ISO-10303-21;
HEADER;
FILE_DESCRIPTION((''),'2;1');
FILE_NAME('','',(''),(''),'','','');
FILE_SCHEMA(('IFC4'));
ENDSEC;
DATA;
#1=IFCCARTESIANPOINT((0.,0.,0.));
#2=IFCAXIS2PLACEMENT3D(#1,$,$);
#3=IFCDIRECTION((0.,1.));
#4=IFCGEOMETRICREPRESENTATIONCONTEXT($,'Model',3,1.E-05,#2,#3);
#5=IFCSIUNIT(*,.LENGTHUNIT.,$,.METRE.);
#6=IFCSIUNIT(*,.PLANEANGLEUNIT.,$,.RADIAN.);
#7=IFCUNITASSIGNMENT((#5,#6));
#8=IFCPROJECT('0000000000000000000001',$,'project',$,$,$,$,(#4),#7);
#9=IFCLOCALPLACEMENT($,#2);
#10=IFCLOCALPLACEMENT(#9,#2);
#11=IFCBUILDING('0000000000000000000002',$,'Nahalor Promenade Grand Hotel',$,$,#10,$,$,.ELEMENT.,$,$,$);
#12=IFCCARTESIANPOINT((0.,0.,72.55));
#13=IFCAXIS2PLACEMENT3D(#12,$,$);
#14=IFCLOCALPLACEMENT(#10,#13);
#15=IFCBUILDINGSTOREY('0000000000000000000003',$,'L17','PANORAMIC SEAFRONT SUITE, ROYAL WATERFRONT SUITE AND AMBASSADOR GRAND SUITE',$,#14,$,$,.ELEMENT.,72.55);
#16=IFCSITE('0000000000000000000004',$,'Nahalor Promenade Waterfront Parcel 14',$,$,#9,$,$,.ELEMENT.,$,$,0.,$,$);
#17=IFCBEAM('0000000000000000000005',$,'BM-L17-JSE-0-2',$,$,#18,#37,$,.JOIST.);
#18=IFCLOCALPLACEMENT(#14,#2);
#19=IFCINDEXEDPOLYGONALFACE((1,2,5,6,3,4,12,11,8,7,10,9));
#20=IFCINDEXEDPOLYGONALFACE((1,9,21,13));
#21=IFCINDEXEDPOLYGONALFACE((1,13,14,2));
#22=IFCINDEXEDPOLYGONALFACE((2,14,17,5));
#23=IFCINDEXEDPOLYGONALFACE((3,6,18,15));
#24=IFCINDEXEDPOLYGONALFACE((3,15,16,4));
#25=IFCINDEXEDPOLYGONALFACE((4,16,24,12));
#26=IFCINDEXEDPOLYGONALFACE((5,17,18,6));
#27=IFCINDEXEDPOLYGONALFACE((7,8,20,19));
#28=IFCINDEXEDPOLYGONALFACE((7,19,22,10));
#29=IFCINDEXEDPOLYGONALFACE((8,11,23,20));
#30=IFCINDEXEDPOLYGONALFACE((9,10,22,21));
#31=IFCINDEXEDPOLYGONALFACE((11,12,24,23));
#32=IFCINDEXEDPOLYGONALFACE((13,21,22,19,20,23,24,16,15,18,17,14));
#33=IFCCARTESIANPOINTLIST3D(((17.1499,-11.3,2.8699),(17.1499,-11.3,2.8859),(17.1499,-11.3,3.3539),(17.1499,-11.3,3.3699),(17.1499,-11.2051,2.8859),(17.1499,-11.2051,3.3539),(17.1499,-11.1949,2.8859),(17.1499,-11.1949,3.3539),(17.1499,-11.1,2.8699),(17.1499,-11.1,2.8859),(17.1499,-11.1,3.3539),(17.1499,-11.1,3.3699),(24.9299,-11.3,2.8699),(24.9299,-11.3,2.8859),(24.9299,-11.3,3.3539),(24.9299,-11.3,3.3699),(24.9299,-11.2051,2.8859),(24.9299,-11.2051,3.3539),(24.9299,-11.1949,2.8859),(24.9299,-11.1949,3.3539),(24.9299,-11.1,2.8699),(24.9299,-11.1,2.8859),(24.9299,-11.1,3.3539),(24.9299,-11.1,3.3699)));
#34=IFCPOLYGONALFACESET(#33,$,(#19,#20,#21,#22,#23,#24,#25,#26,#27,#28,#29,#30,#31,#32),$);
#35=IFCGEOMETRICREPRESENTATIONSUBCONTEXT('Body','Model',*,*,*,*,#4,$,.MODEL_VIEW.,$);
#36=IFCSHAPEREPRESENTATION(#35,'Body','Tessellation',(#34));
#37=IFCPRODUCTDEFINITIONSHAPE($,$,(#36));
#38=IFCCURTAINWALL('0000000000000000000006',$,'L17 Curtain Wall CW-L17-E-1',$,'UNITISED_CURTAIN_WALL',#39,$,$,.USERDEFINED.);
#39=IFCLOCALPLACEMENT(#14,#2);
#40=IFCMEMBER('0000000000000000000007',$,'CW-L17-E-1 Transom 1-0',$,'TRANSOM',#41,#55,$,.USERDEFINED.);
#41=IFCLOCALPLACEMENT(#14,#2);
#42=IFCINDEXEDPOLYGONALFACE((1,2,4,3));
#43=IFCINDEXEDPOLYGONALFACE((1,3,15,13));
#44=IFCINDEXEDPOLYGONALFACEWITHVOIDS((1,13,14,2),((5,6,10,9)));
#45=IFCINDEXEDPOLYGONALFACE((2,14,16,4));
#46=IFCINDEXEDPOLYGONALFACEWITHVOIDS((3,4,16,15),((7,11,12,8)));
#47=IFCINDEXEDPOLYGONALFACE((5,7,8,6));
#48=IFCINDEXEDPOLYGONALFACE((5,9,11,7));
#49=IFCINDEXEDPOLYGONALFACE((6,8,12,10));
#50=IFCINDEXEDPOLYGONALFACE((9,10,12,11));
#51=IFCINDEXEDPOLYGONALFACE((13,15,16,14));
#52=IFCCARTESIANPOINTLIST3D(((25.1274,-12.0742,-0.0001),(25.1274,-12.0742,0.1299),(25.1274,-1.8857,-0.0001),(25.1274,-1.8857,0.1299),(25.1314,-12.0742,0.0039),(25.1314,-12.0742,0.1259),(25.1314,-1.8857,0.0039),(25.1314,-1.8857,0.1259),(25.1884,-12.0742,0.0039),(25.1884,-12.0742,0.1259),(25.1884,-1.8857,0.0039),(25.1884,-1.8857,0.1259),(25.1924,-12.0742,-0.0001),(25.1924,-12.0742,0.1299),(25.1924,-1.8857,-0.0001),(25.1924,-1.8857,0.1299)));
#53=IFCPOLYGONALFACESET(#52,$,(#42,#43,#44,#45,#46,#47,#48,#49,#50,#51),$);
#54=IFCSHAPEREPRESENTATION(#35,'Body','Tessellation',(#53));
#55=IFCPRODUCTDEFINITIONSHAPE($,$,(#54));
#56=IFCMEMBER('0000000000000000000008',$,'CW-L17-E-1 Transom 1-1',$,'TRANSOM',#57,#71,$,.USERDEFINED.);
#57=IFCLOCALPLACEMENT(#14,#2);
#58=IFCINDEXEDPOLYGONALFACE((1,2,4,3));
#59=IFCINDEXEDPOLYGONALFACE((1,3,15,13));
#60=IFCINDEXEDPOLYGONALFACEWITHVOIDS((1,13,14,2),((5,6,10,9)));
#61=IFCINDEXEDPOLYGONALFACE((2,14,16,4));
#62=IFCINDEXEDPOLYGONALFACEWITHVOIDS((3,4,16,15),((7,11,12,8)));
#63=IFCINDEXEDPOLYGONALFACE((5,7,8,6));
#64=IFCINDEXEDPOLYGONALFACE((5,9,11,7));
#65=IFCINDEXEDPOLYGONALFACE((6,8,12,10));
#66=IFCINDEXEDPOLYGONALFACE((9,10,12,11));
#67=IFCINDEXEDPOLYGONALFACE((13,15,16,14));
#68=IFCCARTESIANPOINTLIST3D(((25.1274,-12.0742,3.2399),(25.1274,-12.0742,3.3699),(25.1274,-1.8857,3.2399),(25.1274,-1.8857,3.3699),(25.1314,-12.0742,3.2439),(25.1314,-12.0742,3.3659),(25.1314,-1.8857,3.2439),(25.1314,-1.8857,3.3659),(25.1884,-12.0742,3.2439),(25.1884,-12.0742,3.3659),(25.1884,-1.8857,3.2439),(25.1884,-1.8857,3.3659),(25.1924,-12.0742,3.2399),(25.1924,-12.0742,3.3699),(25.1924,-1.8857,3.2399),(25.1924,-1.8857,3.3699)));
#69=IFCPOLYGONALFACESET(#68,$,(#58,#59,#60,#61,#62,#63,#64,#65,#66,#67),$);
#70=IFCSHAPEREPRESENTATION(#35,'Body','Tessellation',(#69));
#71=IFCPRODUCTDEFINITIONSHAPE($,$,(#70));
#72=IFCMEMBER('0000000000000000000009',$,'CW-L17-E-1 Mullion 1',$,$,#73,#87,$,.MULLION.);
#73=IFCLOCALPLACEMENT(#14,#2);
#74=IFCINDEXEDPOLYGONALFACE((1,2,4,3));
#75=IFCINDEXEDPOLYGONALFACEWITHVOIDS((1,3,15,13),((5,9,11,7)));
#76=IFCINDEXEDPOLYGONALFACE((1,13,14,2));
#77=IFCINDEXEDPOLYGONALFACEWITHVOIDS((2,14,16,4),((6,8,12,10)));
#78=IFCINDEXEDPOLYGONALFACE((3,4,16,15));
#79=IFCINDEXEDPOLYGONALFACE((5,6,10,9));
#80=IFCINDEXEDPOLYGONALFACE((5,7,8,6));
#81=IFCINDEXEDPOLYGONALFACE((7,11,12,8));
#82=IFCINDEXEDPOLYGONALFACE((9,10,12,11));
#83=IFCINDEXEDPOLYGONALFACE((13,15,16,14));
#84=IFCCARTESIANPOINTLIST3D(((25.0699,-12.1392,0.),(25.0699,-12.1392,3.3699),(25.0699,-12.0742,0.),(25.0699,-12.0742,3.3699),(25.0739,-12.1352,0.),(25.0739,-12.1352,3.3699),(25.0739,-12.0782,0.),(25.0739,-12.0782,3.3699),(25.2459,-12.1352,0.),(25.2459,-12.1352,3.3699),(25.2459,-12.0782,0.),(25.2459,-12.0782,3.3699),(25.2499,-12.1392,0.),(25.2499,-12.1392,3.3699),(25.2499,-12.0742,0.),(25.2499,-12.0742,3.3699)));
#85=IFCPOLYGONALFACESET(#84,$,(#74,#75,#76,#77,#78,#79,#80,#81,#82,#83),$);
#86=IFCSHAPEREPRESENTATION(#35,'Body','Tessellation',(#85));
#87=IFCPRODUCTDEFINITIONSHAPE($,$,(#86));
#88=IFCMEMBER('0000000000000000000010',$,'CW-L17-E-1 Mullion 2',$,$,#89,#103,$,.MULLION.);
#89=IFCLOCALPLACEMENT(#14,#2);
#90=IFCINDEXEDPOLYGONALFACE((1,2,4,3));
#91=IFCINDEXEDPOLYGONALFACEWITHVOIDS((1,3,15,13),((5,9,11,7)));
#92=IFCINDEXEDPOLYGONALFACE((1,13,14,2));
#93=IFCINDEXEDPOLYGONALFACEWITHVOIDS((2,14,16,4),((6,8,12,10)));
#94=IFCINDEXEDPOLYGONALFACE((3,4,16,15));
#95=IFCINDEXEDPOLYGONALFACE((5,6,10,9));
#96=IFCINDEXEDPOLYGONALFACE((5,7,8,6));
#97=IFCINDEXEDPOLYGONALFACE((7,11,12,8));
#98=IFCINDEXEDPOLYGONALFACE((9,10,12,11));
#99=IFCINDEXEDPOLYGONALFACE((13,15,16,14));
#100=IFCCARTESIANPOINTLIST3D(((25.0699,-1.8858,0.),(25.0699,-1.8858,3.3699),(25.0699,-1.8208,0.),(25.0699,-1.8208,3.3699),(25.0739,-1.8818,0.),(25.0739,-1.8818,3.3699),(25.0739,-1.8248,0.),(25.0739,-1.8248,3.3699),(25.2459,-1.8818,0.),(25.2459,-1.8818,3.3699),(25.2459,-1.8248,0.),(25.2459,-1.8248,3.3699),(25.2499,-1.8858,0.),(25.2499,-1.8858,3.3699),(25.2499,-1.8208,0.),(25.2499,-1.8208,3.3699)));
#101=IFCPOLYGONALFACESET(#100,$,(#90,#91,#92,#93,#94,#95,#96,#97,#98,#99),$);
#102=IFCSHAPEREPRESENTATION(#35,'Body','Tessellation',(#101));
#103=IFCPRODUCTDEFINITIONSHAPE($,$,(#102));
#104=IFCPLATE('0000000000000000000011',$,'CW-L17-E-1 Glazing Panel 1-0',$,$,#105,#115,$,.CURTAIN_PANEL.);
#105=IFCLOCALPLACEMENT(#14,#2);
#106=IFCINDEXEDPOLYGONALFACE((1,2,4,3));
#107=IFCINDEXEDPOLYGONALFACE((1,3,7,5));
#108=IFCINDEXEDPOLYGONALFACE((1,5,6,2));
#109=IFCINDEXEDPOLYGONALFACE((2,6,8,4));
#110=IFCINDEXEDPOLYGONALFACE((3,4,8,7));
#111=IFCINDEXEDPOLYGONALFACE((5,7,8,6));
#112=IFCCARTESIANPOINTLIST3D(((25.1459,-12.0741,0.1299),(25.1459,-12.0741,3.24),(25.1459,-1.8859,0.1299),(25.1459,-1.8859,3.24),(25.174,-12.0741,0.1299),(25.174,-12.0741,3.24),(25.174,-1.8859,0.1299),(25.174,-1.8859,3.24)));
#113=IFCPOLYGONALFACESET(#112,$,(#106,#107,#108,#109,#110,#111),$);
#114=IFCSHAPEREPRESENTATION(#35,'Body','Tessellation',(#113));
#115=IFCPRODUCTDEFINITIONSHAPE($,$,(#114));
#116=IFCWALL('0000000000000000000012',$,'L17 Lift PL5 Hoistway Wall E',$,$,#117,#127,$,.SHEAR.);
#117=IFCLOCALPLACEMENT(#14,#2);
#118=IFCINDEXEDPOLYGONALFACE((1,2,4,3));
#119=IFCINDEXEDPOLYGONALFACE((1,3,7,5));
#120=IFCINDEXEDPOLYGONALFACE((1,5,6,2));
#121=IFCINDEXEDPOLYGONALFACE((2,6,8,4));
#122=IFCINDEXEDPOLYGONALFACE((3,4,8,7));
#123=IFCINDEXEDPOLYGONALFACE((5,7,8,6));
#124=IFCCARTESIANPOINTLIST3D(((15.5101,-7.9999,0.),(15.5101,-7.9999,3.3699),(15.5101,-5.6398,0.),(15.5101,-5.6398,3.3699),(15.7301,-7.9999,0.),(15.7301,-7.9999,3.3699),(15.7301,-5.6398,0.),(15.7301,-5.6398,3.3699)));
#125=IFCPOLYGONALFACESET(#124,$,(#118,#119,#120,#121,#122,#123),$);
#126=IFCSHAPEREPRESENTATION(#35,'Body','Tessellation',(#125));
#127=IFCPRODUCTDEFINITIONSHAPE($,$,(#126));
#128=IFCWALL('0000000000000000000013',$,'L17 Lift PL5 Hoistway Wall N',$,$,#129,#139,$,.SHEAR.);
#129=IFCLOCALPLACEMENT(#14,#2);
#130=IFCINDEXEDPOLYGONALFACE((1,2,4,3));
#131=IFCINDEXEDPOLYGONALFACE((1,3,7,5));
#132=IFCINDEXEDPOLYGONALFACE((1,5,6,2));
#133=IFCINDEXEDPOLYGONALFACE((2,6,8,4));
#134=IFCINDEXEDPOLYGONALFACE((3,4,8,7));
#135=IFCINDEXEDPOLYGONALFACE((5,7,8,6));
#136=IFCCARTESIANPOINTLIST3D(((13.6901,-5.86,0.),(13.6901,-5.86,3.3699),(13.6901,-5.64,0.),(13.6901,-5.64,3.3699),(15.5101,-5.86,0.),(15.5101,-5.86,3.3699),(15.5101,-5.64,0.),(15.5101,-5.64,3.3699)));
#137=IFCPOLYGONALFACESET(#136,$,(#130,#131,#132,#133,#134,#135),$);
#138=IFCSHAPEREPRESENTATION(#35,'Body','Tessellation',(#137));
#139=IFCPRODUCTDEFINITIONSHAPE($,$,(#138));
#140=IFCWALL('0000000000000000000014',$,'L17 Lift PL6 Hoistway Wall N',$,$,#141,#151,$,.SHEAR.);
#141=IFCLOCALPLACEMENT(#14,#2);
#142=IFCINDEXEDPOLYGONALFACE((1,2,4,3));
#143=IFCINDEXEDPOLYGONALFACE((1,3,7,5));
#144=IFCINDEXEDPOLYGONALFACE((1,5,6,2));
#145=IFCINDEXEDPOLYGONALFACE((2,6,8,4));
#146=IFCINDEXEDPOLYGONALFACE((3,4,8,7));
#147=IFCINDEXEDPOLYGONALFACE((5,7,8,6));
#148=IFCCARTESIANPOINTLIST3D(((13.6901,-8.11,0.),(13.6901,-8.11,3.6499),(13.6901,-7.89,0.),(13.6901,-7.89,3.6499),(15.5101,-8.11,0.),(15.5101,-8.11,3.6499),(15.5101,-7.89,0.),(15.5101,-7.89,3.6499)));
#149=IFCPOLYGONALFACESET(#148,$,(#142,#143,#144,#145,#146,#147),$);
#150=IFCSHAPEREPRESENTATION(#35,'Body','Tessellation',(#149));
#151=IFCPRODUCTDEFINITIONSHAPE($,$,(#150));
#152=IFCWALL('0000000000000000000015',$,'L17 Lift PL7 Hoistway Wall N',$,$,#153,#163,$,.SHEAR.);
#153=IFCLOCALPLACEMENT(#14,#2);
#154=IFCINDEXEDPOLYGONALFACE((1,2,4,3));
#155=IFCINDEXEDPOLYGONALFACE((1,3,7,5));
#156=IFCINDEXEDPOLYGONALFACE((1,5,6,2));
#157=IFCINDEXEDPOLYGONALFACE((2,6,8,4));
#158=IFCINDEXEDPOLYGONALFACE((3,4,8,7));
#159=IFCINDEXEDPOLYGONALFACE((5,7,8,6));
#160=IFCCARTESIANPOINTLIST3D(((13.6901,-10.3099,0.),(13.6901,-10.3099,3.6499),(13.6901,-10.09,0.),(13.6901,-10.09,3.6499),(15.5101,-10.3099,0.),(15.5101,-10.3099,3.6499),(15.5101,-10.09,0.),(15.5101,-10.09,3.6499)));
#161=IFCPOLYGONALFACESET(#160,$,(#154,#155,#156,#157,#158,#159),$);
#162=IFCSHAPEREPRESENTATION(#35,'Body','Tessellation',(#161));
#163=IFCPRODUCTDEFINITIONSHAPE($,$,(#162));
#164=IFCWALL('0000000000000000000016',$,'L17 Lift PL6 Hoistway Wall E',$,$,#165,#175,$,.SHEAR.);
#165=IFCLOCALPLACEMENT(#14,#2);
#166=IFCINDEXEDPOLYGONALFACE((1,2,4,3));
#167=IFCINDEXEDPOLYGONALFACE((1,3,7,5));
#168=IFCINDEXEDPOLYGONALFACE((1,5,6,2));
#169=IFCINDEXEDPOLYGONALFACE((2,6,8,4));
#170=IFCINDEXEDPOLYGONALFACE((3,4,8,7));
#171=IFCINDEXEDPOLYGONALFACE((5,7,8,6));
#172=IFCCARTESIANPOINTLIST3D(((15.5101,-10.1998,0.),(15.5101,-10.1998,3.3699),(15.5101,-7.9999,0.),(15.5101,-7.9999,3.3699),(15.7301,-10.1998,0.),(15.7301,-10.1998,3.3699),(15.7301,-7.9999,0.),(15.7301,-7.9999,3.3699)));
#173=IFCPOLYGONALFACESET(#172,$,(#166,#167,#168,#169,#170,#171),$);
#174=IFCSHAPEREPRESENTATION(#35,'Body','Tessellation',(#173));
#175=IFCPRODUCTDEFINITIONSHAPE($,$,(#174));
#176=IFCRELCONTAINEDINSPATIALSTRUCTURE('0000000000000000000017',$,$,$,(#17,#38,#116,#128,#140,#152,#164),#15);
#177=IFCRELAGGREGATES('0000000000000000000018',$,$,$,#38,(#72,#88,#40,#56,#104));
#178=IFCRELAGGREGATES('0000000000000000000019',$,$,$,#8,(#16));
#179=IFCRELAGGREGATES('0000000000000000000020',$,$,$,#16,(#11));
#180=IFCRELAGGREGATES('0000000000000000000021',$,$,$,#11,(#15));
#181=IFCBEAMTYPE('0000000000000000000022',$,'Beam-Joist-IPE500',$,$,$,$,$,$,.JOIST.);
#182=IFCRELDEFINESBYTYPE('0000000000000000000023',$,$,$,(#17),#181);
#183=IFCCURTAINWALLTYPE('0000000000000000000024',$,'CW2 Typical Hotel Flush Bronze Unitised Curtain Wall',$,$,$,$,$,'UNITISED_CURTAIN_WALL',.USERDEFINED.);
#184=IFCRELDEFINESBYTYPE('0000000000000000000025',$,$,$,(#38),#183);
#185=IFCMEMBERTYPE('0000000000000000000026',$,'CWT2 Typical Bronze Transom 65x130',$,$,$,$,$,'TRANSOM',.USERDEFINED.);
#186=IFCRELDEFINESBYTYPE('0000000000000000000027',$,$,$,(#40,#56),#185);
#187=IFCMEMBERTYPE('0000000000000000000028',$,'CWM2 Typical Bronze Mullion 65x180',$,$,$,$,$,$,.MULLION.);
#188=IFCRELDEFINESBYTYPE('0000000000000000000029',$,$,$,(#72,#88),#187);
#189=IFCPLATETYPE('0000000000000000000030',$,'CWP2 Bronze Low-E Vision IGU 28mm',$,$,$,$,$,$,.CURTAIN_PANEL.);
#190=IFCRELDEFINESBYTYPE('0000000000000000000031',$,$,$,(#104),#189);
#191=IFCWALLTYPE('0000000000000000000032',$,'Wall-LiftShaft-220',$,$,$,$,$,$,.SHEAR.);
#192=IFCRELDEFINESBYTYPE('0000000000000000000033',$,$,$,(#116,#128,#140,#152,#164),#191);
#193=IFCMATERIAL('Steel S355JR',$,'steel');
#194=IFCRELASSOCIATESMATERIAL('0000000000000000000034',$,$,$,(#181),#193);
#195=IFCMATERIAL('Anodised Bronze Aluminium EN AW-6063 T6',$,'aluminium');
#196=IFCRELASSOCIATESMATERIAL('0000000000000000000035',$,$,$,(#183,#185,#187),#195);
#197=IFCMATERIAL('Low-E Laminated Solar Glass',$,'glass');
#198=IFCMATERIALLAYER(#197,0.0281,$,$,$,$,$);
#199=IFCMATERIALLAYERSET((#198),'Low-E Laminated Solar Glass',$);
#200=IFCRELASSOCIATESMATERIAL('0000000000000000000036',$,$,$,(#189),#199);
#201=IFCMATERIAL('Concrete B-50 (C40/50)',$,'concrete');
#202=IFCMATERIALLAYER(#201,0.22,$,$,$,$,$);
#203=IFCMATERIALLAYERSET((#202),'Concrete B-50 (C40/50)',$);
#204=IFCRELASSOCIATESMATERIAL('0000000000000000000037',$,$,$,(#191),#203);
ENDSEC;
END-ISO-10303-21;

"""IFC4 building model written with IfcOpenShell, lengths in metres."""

from ifc_helpers import new_model, si_unit, direction, frame, frame_2d, origin, origin_2d, place, context, subcontext, project, spatial, rectangle, hollow_rectangle, i_section, extrude, source, transform, mapped, material, layer, layer_set, material_profile, profile_set, type_object, element, aggregate, save


model = new_model("IFC4")

# Units and contexts
model_context = context("Model", 3, precision=1e-05, world=origin(), true_north=direction((0.0, 1.0)))
body_context = subcontext(model_context, "Body", "Model", "MODEL_VIEW")
ifc_project = project(units=[si_unit("LENGTHUNIT", "METRE"), si_unit("PLANEANGLEUNIT", "RADIAN")], contexts=[model_context])

# Site, building, storey
site_placement = place(None, origin())
site = spatial("IfcSite", under=ifc_project, at=site_placement, Name="Nahalor Promenade Waterfront Parcel 14", CompositionType="ELEMENT", RefElevation=0.0)
building_placement = place(site_placement, origin())
building = spatial("IfcBuilding", under=site, at=building_placement, Name="Nahalor Promenade Grand Hotel", CompositionType="ELEMENT")
storey_placement = place(building_placement, frame((0.0, 0.0, 72.55)))
storey = spatial("IfcBuildingStorey", under=building, at=storey_placement, Name="L17", Description="PANORAMIC SEAFRONT SUITE, ROYAL WATERFRONT SUITE AND AMBASSADOR GRAND SUITE", CompositionType="ELEMENT", Elevation=72.55)

# Beam
ifc_material_1 = material(Name="Steel S355JR", Category="steel")
ifc_material_profile_1 = material_profile(ifc_material_1, i_section(OverallWidth=0.2, OverallDepth=0.5, WebThickness=0.0102, FlangeThickness=0.016, at=origin_2d()), Name="IPE 500")
ifc_profile_set_1 = profile_set([ifc_material_profile_1], Name="Steel S355JR")
beam_type_1 = type_object("IfcBeamType", Name="Beam-Joist-IPE500", PredefinedType="JOIST", material=ifc_profile_set_1)
shared_shape_1 = source(origin(), body_context, "Body", "SweptSolid", [
    extrude(i_section(OverallWidth=0.2, OverallDepth=0.5, WebThickness=0.0102, FlangeThickness=0.016, at=origin_2d()), origin(), (0.0, 0.0, 1.0), 7.78),
])
beam_1_placement = place(storey_placement, frame((17.1499, -11.2, 3.1199), z_axis=(1.0, 0.0, 0.0), x_axis=(0.0, 1.0, 0.0)))
element("IfcBeam", 1, at=beam_1_placement, inside=storey, type_object=beam_type_1, Name="BM-L17-JSE-0-2", PredefinedType="JOIST", context=body_context, shape_type="MappedRepresentation", body=[
    mapped(shared_shape_1, transform((0.0, 0.0, 0.0), scale=1.0)),
])

# Curtain wall, members, plate
ifc_material_2 = material(Name="Anodised Bronze Aluminium EN AW-6063 T6", Category="aluminium")
curtain_wall_type = type_object("IfcCurtainWallType", Name="CW2 Typical Hotel Flush Bronze Unitised Curtain Wall", ElementType="UNITISED_CURTAIN_WALL", PredefinedType="USERDEFINED", material=ifc_material_2)
curtain_wall_placement = place(storey_placement, origin())
curtain_wall = element("IfcCurtainWall", 2, at=curtain_wall_placement, inside=storey, type_object=curtain_wall_type, Name="L17 Curtain Wall CW-L17-E-1", ObjectType="UNITISED_CURTAIN_WALL", PredefinedType="USERDEFINED")
ifc_material_profile_2 = material_profile(ifc_material_2, hollow_rectangle(XDim=0.065, YDim=0.13, WallThickness=0.004, at=origin_2d()), Name="CWT 65x130x4")
ifc_profile_set_2 = profile_set([ifc_material_profile_2], Name="Anodised Bronze Aluminium EN AW-6063 T6")
member_type_1 = type_object("IfcMemberType", Name="CWT2 Typical Bronze Transom 65x130", ElementType="TRANSOM", PredefinedType="USERDEFINED", material=ifc_profile_set_2)
shared_shape_2 = source(origin(), body_context, "Body", "SweptSolid", [
    extrude(hollow_rectangle(XDim=0.065, YDim=0.13, WallThickness=0.004, at=origin_2d()), origin(), (0.0, 0.0, 1.0), 10.1885),
])
member_1_placement = place(storey_placement, frame((25.1599, -12.0742, 0.0649), z_axis=(0.0, 1.0, 0.0), x_axis=(-1.0, 0.0, 0.0)))
member_1 = element("IfcMember", 3, at=member_1_placement, type_object=member_type_1, Name="CW-L17-E-1 Transom 1-0", ObjectType="TRANSOM", PredefinedType="USERDEFINED", context=body_context, shape_type="MappedRepresentation", body=[
    mapped(shared_shape_2, transform((0.0, 0.0, 0.0), scale=1.0)),
])
member_2_placement = place(storey_placement, frame((25.1599, -12.0742, 3.3049), z_axis=(0.0, 1.0, 0.0), x_axis=(-1.0, 0.0, 0.0)))
member_2 = element("IfcMember", 4, at=member_2_placement, type_object=member_type_1, Name="CW-L17-E-1 Transom 1-1", ObjectType="TRANSOM", PredefinedType="USERDEFINED", context=body_context, shape_type="MappedRepresentation", body=[
    mapped(shared_shape_2, transform((0.0, 0.0, 0.0), scale=1.0)),
])
ifc_material_profile_3 = material_profile(ifc_material_2, hollow_rectangle(XDim=0.065, YDim=0.18, WallThickness=0.004, at=origin_2d()), Name="CWM 65x180x4")
ifc_profile_set_3 = profile_set([ifc_material_profile_3], Name="Anodised Bronze Aluminium EN AW-6063 T6")
member_type_2 = type_object("IfcMemberType", Name="CWM2 Typical Bronze Mullion 65x180", PredefinedType="MULLION", material=ifc_profile_set_3)
shared_shape_3 = source(origin(), body_context, "Body", "SweptSolid", [
    extrude(hollow_rectangle(XDim=0.065, YDim=0.18, WallThickness=0.004, at=origin_2d()), origin(), (0.0, 0.0, 1.0), 3.3699),
])
member_3_placement = place(storey_placement, frame((25.1599, -12.1067, 0.0), z_axis=(0.0, 0.0, 1.0), x_axis=(0.0, 1.0, 0.0)))
member_3 = element("IfcMember", 5, at=member_3_placement, type_object=member_type_2, Name="CW-L17-E-1 Mullion 1", PredefinedType="MULLION", context=body_context, shape_type="MappedRepresentation", body=[
    mapped(shared_shape_3, transform((0.0, 0.0, 0.0), scale=1.0)),
])
member_4_placement = place(storey_placement, frame((25.1599, -1.8533, 0.0), z_axis=(0.0, 0.0, 1.0), x_axis=(0.0, 1.0, 0.0)))
member_4 = element("IfcMember", 6, at=member_4_placement, type_object=member_type_2, Name="CW-L17-E-1 Mullion 2", PredefinedType="MULLION", context=body_context, shape_type="MappedRepresentation", body=[
    mapped(shared_shape_3, transform((0.0, 0.0, 0.0), scale=1.0)),
])
ifc_material_3 = material(Name="Low-E Laminated Solar Glass", Category="glass")
ifc_layer_1 = layer(ifc_material_3, 0.0281)
ifc_layer_set_1 = layer_set([ifc_layer_1], Name="Low-E Laminated Solar Glass")
plate_type = type_object("IfcPlateType", Name="CWP2 Bronze Low-E Vision IGU 28mm", PredefinedType="CURTAIN_PANEL", material=ifc_layer_set_1)
shared_shape_4 = source(origin(), body_context, "Body", "SweptSolid", [
    extrude(rectangle(XDim=10.1882, YDim=0.0281, at=origin_2d()), origin(), (0.0, 0.0, 1.0), 3.1101),
])
plate_placement = place(storey_placement, frame((25.1599, -6.98, 0.1299), z_axis=(0.0, 0.0, 1.0), x_axis=(0.0, 1.0, 0.0)))
plate = element("IfcPlate", 7, at=plate_placement, type_object=plate_type, Name="CW-L17-E-1 Glazing Panel 1-0", PredefinedType="CURTAIN_PANEL", context=body_context, shape_type="MappedRepresentation", body=[
    mapped(shared_shape_4, transform((0.0, 0.0, 0.0), scale=1.0)),
])
aggregate(curtain_wall, [member_3, member_4, member_1, member_2, plate])

# Walls
ifc_material_4 = material(Name="Concrete B-50 (C40/50)", Category="concrete")
ifc_layer_2 = layer(ifc_material_4, 0.22)
ifc_layer_set_2 = layer_set([ifc_layer_2], Name="Concrete B-50 (C40/50)")
wall_type_1 = type_object("IfcWallType", Name="Wall-LiftShaft-220", PredefinedType="SHEAR", material=ifc_layer_set_2)
shared_shape_5 = source(origin(), body_context, "Body", "SweptSolid", [
    extrude(rectangle(XDim=2.3601, YDim=0.22, at=frame_2d((1.1802, 0.0))), origin(), (0.0, 0.0, 1.0), 3.3699),
])
wall_1_placement = place(storey_placement, frame((15.6201, -8.0, 0.0), z_axis=(0.0, 0.0, 1.0), x_axis=(0.0, 1.0, 0.0)))
element("IfcWall", 8, at=wall_1_placement, inside=storey, type_object=wall_type_1, Name="L17 Lift PL5 Hoistway Wall E", PredefinedType="SHEAR", context=body_context, shape_type="MappedRepresentation", body=[
    mapped(shared_shape_5, transform((0.0, 0.0, 0.0), scale=1.0)),
])
shared_shape_6 = source(origin(), body_context, "Body", "SweptSolid", [
    extrude(rectangle(XDim=1.8201, YDim=0.22, at=frame_2d((0.9102, 0.0))), origin(), (0.0, 0.0, 1.0), 3.3699),
])
wall_2_placement = place(storey_placement, frame((13.6899, -5.75, 0.0), z_axis=(0.0, 0.0, 1.0), x_axis=(1.0, 0.0, 0.0)))
element("IfcWall", 9, at=wall_2_placement, inside=storey, type_object=wall_type_1, Name="L17 Lift PL5 Hoistway Wall N", PredefinedType="SHEAR", context=body_context, shape_type="MappedRepresentation", body=[
    mapped(shared_shape_6, transform((0.0, 0.0, 0.0), scale=1.0)),
])
shared_shape_7 = source(origin(), body_context, "Body", "SweptSolid", [
    extrude(rectangle(XDim=1.8201, YDim=0.22, at=frame_2d((0.9102, 0.0))), origin(), (0.0, 0.0, 1.0), 3.6499),
])
for number, where, z_axis, x_axis, name in (
    (10, (13.6899, -8.0, 0.0), (0.0, 0.0, 1.0), (1.0, 0.0, 0.0), "L17 Lift PL6 Hoistway Wall N"),
    (11, (13.6899, -10.2, 0.0), (0.0, 0.0, 1.0), (1.0, 0.0, 0.0), "L17 Lift PL7 Hoistway Wall N"),
):
    element("IfcWall", number, at=place(storey_placement, frame(where, z_axis=z_axis, x_axis=x_axis)), inside=storey, type_object=wall_type_1, Name=name, PredefinedType="SHEAR", context=body_context, shape_type="MappedRepresentation", body=[
        mapped(shared_shape_7, transform((0.0, 0.0, 0.0), scale=1.0)),
    ])
shared_shape_8 = source(origin(), body_context, "Body", "SweptSolid", [
    extrude(rectangle(XDim=2.2, YDim=0.22, at=frame_2d((1.1001, 0.0))), origin(), (0.0, 0.0, 1.0), 3.3699),
])
for number, where, z_axis, x_axis, name in (
    (12, (15.6201, -10.2, 0.0), (0.0, 0.0, 1.0), (0.0, 1.0, 0.0), "L17 Lift PL6 Hoistway Wall E"),
):
    element("IfcWall", number, at=place(storey_placement, frame(where, z_axis=z_axis, x_axis=x_axis)), inside=storey, type_object=wall_type_1, Name=name, PredefinedType="SHEAR", context=body_context, shape_type="MappedRepresentation", body=[
        mapped(shared_shape_8, transform((0.0, 0.0, 0.0), scale=1.0)),
    ])

save(model, "model.ifc")
